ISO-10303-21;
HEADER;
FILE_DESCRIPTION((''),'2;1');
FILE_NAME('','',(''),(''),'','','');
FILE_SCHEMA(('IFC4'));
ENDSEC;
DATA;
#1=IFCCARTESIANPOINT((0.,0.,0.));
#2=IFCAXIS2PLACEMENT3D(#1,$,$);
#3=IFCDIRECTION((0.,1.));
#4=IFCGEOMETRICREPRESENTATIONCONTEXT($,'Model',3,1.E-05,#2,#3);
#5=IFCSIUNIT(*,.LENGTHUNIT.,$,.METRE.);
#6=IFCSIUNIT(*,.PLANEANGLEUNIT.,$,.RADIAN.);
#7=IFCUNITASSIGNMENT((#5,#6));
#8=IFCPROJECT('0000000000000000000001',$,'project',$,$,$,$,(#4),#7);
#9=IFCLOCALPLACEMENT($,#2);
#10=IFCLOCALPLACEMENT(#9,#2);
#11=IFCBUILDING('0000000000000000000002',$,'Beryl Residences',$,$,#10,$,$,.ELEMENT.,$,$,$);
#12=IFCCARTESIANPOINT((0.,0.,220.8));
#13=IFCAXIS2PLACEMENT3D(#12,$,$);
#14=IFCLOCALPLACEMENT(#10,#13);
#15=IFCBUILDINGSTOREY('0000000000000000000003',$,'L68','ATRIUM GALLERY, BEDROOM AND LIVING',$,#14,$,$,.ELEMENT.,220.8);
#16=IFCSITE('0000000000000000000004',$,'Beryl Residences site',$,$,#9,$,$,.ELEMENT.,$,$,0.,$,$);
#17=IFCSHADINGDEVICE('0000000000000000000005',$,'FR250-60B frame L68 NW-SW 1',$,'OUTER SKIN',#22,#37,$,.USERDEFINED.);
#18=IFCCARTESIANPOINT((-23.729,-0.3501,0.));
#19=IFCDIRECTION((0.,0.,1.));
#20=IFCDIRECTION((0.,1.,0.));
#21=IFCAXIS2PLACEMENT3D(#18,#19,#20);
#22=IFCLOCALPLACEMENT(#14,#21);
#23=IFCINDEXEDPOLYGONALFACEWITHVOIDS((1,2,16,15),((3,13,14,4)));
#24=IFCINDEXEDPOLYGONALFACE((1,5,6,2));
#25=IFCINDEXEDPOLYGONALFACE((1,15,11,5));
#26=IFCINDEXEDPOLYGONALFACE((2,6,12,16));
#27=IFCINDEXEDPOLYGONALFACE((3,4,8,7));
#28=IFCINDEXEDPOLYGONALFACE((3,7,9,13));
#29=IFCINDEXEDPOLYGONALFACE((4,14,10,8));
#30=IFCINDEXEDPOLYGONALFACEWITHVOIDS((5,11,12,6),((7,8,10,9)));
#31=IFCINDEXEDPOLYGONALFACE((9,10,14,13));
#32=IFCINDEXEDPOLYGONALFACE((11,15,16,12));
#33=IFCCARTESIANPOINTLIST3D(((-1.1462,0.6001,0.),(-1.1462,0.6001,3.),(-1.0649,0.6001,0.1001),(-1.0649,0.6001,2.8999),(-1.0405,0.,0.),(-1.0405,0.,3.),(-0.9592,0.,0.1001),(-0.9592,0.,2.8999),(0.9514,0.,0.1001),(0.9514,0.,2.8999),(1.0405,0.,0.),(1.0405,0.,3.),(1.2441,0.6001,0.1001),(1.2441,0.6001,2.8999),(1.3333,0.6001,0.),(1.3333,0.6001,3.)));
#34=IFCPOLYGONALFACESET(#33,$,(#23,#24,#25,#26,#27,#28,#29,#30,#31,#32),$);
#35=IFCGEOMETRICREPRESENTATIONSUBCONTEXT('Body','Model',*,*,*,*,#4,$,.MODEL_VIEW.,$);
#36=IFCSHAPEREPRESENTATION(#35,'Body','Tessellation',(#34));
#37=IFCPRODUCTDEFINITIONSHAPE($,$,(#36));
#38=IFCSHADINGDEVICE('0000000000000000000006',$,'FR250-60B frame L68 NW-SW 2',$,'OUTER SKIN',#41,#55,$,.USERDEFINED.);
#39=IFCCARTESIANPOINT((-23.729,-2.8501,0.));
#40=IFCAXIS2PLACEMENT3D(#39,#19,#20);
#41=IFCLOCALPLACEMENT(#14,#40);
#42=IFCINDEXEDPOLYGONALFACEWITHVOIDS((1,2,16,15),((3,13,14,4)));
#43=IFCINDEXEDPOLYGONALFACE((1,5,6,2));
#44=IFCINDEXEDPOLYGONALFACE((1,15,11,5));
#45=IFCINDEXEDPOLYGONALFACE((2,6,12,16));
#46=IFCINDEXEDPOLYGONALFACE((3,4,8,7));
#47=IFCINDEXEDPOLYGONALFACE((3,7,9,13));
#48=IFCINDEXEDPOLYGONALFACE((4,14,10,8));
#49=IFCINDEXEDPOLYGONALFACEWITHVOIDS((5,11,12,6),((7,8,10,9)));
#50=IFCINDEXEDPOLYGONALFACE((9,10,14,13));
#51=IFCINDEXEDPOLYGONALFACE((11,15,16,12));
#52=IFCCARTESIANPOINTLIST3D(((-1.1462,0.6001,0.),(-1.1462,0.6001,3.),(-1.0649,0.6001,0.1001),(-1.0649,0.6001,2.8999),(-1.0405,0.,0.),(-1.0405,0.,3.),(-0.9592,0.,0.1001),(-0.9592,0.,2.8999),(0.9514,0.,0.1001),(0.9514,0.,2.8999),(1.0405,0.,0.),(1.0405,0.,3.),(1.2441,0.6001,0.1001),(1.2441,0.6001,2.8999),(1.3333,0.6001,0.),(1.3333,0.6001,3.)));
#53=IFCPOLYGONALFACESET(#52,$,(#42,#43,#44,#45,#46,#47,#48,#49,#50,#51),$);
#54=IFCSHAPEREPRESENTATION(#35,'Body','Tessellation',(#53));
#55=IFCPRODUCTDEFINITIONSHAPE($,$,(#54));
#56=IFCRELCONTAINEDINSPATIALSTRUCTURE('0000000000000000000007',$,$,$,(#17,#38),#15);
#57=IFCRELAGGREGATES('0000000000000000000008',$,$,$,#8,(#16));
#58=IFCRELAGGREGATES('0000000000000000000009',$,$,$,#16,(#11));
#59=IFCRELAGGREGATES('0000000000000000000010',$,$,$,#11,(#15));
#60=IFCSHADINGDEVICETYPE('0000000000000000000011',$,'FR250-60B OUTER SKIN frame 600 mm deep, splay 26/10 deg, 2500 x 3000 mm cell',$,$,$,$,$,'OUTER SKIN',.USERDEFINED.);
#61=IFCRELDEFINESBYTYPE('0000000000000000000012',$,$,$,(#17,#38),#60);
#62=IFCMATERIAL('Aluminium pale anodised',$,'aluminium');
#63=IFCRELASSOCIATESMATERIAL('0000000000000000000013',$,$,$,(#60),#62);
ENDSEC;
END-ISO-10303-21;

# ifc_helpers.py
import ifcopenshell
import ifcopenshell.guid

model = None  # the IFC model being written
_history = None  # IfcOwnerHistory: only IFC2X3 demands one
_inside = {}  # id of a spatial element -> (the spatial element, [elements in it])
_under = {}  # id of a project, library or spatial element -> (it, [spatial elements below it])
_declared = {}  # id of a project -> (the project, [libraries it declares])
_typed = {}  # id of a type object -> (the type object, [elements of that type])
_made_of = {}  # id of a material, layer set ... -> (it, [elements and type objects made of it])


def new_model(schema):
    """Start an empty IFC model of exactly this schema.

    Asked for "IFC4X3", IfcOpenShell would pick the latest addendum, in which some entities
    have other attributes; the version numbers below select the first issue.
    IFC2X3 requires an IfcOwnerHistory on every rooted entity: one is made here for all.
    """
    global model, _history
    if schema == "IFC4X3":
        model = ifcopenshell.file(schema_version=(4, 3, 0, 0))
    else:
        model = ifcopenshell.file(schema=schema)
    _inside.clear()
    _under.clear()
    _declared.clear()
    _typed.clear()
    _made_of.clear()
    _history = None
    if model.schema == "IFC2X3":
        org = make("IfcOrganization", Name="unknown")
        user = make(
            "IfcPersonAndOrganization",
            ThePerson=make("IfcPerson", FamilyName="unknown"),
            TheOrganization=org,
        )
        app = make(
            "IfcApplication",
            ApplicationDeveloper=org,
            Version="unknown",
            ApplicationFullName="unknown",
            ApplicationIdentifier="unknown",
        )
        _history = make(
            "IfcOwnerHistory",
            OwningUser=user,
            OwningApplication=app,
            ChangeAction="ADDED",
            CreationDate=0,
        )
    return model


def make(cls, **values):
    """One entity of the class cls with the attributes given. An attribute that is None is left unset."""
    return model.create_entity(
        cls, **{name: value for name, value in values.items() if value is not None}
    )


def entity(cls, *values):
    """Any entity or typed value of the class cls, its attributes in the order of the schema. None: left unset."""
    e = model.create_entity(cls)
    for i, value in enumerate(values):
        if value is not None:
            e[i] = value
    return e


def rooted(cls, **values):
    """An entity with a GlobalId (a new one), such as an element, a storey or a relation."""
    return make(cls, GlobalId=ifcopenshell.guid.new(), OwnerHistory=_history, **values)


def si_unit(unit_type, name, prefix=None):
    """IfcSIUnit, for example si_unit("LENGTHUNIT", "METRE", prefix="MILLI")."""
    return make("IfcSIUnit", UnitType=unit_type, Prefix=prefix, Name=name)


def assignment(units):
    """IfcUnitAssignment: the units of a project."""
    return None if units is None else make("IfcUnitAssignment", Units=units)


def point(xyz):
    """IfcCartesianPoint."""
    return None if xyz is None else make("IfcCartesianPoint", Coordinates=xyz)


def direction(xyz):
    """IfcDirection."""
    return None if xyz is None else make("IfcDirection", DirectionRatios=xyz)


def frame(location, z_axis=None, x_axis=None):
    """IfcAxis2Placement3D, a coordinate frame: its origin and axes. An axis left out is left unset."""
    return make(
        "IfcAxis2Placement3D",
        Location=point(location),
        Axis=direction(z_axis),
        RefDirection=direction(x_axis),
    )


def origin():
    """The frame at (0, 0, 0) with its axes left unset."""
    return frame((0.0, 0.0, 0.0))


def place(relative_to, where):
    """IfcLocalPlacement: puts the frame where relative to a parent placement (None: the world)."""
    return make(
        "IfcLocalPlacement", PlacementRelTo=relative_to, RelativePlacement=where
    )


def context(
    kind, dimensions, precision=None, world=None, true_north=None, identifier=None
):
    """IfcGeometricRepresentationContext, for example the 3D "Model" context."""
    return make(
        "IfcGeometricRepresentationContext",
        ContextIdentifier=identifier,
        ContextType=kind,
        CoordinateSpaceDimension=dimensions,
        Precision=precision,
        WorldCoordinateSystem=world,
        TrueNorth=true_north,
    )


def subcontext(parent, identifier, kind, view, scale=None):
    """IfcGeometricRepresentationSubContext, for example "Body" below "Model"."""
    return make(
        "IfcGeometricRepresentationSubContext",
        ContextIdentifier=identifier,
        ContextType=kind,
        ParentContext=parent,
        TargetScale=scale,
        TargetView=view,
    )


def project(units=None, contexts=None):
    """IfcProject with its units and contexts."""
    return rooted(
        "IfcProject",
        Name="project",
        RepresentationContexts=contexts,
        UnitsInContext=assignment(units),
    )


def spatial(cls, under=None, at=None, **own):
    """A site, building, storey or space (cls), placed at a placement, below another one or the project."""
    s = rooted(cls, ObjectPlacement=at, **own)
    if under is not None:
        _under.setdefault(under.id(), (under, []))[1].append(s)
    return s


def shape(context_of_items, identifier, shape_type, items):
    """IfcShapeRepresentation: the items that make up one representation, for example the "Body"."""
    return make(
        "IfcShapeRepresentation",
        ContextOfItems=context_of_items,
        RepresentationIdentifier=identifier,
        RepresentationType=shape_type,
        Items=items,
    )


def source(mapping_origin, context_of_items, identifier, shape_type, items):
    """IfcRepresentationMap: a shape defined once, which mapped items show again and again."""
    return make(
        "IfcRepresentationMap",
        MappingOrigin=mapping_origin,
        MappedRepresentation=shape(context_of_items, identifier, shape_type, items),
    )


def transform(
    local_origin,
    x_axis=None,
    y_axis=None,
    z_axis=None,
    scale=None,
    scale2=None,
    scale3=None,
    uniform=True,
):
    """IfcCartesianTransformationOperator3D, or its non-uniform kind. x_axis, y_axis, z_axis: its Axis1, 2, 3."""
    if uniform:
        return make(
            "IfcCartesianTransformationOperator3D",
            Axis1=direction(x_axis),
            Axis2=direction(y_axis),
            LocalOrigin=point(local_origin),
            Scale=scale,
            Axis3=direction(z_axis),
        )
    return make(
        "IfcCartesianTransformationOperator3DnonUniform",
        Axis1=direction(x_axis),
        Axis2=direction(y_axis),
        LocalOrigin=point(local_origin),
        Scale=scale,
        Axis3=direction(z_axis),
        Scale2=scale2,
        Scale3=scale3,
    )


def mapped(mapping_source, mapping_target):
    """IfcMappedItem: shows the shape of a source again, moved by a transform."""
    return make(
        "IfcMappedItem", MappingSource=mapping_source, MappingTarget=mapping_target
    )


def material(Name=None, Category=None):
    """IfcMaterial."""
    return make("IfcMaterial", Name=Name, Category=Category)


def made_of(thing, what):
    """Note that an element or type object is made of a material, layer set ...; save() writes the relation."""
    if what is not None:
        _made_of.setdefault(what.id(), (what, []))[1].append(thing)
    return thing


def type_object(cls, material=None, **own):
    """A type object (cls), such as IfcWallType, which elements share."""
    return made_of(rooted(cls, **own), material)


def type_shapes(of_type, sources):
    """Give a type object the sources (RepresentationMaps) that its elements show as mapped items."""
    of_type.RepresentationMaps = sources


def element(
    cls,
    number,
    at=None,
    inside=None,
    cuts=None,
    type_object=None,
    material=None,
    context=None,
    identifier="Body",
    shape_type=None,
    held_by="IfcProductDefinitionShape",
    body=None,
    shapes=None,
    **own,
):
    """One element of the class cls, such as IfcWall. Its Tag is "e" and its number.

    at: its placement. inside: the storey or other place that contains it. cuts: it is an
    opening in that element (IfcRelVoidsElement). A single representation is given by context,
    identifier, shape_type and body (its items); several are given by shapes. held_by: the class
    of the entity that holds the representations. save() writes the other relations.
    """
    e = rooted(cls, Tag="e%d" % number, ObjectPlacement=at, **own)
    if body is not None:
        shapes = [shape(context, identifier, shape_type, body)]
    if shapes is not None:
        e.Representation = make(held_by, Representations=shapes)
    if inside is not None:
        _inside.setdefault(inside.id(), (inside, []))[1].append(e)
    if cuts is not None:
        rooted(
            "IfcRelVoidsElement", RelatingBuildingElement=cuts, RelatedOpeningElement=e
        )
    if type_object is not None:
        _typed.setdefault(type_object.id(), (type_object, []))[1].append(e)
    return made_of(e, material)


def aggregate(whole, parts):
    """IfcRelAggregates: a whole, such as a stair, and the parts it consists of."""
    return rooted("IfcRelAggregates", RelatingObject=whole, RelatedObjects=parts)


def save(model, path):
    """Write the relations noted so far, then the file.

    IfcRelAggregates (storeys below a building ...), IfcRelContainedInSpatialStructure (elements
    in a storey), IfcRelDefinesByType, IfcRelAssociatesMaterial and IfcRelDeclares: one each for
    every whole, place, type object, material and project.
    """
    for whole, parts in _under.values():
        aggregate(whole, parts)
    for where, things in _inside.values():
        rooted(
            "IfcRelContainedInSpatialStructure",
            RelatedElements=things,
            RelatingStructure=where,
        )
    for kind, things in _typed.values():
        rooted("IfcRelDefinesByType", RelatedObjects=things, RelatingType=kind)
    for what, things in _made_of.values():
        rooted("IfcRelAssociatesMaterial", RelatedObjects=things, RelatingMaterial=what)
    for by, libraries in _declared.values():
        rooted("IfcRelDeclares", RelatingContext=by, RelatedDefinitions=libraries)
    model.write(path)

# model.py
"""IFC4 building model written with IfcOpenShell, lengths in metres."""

from ifc_helpers import new_model, entity, si_unit, direction, frame, origin, place, context, subcontext, project, spatial, source, transform, mapped, material, type_object, type_shapes, element, save


model = new_model("IFC4")

# Units and contexts
model_context = context("Model", 3, precision=1e-05, world=origin(), true_north=direction((0.0, 1.0)))
body_context = subcontext(model_context, "Body", "Model", "MODEL_VIEW")
ifc_project = project(units=[si_unit("LENGTHUNIT", "METRE"), si_unit("PLANEANGLEUNIT", "RADIAN")], contexts=[model_context])

# Site, building, storey
site_placement = place(None, origin())
site = spatial("IfcSite", under=ifc_project, at=site_placement, Name="Beryl Residences site", CompositionType="ELEMENT", RefElevation=0.0)
building_placement = place(site_placement, origin())
building = spatial("IfcBuilding", under=site, at=building_placement, Name="Beryl Residences", CompositionType="ELEMENT")
storey_placement = place(building_placement, frame((0.0, 0.0, 220.8)))
storey = spatial("IfcBuildingStorey", under=building, at=storey_placement, Name="L68", Description="ATRIUM GALLERY, BEDROOM AND LIVING", CompositionType="ELEMENT", Elevation=220.8)

# Shading devices
ifc_material_1 = material(Name="Aluminium pale anodised", Category="aluminium")
shading_device_type = type_object("IfcShadingDeviceType", Name="FR250-60B OUTER SKIN frame 600 mm deep, splay 26/10 deg, 2500 x 3000 mm cell", ElementType="OUTER SKIN", PredefinedType="USERDEFINED", material=ifc_material_1)
cartesian_point_1 = entity("IfcCartesianPoint", [-1.0405, 0.0])
cartesian_point_2 = entity("IfcCartesianPoint", [-0.9514, 0.1001])
cartesian_point_3 = entity("IfcCartesianPoint", [-1.3333, 0.0])
cartesian_point_4 = entity("IfcCartesianPoint", [-1.2441, 0.1001])
shared_shape_1 = source(origin(), body_context, "Body", "SweptSolid", [
    entity("IfcExtrudedAreaSolidTapered", entity("IfcArbitraryProfileDefWithVoids", "AREA", None, entity("IfcPolyline", [cartesian_point_1, entity("IfcCartesianPoint", [1.0405, 0.0]), entity("IfcCartesianPoint", [1.0405, 3.0]), entity("IfcCartesianPoint", [-1.0405, 3.0]), cartesian_point_1]), [entity("IfcPolyline", [cartesian_point_2, entity("IfcCartesianPoint", [0.9592, 0.1001]), entity("IfcCartesianPoint", [0.9592, 2.8999]), entity("IfcCartesianPoint", [-0.9514, 2.8999]), cartesian_point_2])]), entity("IfcAxis2Placement3D", entity("IfcCartesianPoint", [0.0, 0.0, 0.0]), entity("IfcDirection", [0.0, 1.0, 0.0]), entity("IfcDirection", [-1.0, 0.0, 0.0])), entity("IfcDirection", [0.0, 0.0, 1.0]), 0.6001, entity("IfcArbitraryProfileDefWithVoids", "AREA", None, entity("IfcPolyline", [cartesian_point_3, entity("IfcCartesianPoint", [1.1462, 0.0]), entity("IfcCartesianPoint", [1.1462, 3.0]), entity("IfcCartesianPoint", [-1.3333, 3.0]), cartesian_point_3]), [entity("IfcPolyline", [cartesian_point_4, entity("IfcCartesianPoint", [1.0649, 0.1001]), entity("IfcCartesianPoint", [1.0649, 2.8999]), entity("IfcCartesianPoint", [-1.2441, 2.8999]), cartesian_point_4])])),
])
type_shapes(shading_device_type, [shared_shape_1])
for number, where, z_axis, x_axis, name in (
    (1, (-23.729, -0.3501, 0.0), (0.0, 0.0, 1.0), (0.0, 1.0, 0.0), "FR250-60B frame L68 NW-SW 1"),
    (2, (-23.729, -2.8501, 0.0), (0.0, 0.0, 1.0), (0.0, 1.0, 0.0), "FR250-60B frame L68 NW-SW 2"),
):
    element("IfcShadingDevice", number, at=place(storey_placement, frame(where, z_axis=z_axis, x_axis=x_axis)), inside=storey, type_object=shading_device_type, Name=name, ObjectType="OUTER SKIN", PredefinedType="USERDEFINED", context=body_context, shape_type="MappedRepresentation", body=[
        mapped(shared_shape_1, transform((0.0, 0.0, 0.0))),
    ])

save(model, "model.ifc")
